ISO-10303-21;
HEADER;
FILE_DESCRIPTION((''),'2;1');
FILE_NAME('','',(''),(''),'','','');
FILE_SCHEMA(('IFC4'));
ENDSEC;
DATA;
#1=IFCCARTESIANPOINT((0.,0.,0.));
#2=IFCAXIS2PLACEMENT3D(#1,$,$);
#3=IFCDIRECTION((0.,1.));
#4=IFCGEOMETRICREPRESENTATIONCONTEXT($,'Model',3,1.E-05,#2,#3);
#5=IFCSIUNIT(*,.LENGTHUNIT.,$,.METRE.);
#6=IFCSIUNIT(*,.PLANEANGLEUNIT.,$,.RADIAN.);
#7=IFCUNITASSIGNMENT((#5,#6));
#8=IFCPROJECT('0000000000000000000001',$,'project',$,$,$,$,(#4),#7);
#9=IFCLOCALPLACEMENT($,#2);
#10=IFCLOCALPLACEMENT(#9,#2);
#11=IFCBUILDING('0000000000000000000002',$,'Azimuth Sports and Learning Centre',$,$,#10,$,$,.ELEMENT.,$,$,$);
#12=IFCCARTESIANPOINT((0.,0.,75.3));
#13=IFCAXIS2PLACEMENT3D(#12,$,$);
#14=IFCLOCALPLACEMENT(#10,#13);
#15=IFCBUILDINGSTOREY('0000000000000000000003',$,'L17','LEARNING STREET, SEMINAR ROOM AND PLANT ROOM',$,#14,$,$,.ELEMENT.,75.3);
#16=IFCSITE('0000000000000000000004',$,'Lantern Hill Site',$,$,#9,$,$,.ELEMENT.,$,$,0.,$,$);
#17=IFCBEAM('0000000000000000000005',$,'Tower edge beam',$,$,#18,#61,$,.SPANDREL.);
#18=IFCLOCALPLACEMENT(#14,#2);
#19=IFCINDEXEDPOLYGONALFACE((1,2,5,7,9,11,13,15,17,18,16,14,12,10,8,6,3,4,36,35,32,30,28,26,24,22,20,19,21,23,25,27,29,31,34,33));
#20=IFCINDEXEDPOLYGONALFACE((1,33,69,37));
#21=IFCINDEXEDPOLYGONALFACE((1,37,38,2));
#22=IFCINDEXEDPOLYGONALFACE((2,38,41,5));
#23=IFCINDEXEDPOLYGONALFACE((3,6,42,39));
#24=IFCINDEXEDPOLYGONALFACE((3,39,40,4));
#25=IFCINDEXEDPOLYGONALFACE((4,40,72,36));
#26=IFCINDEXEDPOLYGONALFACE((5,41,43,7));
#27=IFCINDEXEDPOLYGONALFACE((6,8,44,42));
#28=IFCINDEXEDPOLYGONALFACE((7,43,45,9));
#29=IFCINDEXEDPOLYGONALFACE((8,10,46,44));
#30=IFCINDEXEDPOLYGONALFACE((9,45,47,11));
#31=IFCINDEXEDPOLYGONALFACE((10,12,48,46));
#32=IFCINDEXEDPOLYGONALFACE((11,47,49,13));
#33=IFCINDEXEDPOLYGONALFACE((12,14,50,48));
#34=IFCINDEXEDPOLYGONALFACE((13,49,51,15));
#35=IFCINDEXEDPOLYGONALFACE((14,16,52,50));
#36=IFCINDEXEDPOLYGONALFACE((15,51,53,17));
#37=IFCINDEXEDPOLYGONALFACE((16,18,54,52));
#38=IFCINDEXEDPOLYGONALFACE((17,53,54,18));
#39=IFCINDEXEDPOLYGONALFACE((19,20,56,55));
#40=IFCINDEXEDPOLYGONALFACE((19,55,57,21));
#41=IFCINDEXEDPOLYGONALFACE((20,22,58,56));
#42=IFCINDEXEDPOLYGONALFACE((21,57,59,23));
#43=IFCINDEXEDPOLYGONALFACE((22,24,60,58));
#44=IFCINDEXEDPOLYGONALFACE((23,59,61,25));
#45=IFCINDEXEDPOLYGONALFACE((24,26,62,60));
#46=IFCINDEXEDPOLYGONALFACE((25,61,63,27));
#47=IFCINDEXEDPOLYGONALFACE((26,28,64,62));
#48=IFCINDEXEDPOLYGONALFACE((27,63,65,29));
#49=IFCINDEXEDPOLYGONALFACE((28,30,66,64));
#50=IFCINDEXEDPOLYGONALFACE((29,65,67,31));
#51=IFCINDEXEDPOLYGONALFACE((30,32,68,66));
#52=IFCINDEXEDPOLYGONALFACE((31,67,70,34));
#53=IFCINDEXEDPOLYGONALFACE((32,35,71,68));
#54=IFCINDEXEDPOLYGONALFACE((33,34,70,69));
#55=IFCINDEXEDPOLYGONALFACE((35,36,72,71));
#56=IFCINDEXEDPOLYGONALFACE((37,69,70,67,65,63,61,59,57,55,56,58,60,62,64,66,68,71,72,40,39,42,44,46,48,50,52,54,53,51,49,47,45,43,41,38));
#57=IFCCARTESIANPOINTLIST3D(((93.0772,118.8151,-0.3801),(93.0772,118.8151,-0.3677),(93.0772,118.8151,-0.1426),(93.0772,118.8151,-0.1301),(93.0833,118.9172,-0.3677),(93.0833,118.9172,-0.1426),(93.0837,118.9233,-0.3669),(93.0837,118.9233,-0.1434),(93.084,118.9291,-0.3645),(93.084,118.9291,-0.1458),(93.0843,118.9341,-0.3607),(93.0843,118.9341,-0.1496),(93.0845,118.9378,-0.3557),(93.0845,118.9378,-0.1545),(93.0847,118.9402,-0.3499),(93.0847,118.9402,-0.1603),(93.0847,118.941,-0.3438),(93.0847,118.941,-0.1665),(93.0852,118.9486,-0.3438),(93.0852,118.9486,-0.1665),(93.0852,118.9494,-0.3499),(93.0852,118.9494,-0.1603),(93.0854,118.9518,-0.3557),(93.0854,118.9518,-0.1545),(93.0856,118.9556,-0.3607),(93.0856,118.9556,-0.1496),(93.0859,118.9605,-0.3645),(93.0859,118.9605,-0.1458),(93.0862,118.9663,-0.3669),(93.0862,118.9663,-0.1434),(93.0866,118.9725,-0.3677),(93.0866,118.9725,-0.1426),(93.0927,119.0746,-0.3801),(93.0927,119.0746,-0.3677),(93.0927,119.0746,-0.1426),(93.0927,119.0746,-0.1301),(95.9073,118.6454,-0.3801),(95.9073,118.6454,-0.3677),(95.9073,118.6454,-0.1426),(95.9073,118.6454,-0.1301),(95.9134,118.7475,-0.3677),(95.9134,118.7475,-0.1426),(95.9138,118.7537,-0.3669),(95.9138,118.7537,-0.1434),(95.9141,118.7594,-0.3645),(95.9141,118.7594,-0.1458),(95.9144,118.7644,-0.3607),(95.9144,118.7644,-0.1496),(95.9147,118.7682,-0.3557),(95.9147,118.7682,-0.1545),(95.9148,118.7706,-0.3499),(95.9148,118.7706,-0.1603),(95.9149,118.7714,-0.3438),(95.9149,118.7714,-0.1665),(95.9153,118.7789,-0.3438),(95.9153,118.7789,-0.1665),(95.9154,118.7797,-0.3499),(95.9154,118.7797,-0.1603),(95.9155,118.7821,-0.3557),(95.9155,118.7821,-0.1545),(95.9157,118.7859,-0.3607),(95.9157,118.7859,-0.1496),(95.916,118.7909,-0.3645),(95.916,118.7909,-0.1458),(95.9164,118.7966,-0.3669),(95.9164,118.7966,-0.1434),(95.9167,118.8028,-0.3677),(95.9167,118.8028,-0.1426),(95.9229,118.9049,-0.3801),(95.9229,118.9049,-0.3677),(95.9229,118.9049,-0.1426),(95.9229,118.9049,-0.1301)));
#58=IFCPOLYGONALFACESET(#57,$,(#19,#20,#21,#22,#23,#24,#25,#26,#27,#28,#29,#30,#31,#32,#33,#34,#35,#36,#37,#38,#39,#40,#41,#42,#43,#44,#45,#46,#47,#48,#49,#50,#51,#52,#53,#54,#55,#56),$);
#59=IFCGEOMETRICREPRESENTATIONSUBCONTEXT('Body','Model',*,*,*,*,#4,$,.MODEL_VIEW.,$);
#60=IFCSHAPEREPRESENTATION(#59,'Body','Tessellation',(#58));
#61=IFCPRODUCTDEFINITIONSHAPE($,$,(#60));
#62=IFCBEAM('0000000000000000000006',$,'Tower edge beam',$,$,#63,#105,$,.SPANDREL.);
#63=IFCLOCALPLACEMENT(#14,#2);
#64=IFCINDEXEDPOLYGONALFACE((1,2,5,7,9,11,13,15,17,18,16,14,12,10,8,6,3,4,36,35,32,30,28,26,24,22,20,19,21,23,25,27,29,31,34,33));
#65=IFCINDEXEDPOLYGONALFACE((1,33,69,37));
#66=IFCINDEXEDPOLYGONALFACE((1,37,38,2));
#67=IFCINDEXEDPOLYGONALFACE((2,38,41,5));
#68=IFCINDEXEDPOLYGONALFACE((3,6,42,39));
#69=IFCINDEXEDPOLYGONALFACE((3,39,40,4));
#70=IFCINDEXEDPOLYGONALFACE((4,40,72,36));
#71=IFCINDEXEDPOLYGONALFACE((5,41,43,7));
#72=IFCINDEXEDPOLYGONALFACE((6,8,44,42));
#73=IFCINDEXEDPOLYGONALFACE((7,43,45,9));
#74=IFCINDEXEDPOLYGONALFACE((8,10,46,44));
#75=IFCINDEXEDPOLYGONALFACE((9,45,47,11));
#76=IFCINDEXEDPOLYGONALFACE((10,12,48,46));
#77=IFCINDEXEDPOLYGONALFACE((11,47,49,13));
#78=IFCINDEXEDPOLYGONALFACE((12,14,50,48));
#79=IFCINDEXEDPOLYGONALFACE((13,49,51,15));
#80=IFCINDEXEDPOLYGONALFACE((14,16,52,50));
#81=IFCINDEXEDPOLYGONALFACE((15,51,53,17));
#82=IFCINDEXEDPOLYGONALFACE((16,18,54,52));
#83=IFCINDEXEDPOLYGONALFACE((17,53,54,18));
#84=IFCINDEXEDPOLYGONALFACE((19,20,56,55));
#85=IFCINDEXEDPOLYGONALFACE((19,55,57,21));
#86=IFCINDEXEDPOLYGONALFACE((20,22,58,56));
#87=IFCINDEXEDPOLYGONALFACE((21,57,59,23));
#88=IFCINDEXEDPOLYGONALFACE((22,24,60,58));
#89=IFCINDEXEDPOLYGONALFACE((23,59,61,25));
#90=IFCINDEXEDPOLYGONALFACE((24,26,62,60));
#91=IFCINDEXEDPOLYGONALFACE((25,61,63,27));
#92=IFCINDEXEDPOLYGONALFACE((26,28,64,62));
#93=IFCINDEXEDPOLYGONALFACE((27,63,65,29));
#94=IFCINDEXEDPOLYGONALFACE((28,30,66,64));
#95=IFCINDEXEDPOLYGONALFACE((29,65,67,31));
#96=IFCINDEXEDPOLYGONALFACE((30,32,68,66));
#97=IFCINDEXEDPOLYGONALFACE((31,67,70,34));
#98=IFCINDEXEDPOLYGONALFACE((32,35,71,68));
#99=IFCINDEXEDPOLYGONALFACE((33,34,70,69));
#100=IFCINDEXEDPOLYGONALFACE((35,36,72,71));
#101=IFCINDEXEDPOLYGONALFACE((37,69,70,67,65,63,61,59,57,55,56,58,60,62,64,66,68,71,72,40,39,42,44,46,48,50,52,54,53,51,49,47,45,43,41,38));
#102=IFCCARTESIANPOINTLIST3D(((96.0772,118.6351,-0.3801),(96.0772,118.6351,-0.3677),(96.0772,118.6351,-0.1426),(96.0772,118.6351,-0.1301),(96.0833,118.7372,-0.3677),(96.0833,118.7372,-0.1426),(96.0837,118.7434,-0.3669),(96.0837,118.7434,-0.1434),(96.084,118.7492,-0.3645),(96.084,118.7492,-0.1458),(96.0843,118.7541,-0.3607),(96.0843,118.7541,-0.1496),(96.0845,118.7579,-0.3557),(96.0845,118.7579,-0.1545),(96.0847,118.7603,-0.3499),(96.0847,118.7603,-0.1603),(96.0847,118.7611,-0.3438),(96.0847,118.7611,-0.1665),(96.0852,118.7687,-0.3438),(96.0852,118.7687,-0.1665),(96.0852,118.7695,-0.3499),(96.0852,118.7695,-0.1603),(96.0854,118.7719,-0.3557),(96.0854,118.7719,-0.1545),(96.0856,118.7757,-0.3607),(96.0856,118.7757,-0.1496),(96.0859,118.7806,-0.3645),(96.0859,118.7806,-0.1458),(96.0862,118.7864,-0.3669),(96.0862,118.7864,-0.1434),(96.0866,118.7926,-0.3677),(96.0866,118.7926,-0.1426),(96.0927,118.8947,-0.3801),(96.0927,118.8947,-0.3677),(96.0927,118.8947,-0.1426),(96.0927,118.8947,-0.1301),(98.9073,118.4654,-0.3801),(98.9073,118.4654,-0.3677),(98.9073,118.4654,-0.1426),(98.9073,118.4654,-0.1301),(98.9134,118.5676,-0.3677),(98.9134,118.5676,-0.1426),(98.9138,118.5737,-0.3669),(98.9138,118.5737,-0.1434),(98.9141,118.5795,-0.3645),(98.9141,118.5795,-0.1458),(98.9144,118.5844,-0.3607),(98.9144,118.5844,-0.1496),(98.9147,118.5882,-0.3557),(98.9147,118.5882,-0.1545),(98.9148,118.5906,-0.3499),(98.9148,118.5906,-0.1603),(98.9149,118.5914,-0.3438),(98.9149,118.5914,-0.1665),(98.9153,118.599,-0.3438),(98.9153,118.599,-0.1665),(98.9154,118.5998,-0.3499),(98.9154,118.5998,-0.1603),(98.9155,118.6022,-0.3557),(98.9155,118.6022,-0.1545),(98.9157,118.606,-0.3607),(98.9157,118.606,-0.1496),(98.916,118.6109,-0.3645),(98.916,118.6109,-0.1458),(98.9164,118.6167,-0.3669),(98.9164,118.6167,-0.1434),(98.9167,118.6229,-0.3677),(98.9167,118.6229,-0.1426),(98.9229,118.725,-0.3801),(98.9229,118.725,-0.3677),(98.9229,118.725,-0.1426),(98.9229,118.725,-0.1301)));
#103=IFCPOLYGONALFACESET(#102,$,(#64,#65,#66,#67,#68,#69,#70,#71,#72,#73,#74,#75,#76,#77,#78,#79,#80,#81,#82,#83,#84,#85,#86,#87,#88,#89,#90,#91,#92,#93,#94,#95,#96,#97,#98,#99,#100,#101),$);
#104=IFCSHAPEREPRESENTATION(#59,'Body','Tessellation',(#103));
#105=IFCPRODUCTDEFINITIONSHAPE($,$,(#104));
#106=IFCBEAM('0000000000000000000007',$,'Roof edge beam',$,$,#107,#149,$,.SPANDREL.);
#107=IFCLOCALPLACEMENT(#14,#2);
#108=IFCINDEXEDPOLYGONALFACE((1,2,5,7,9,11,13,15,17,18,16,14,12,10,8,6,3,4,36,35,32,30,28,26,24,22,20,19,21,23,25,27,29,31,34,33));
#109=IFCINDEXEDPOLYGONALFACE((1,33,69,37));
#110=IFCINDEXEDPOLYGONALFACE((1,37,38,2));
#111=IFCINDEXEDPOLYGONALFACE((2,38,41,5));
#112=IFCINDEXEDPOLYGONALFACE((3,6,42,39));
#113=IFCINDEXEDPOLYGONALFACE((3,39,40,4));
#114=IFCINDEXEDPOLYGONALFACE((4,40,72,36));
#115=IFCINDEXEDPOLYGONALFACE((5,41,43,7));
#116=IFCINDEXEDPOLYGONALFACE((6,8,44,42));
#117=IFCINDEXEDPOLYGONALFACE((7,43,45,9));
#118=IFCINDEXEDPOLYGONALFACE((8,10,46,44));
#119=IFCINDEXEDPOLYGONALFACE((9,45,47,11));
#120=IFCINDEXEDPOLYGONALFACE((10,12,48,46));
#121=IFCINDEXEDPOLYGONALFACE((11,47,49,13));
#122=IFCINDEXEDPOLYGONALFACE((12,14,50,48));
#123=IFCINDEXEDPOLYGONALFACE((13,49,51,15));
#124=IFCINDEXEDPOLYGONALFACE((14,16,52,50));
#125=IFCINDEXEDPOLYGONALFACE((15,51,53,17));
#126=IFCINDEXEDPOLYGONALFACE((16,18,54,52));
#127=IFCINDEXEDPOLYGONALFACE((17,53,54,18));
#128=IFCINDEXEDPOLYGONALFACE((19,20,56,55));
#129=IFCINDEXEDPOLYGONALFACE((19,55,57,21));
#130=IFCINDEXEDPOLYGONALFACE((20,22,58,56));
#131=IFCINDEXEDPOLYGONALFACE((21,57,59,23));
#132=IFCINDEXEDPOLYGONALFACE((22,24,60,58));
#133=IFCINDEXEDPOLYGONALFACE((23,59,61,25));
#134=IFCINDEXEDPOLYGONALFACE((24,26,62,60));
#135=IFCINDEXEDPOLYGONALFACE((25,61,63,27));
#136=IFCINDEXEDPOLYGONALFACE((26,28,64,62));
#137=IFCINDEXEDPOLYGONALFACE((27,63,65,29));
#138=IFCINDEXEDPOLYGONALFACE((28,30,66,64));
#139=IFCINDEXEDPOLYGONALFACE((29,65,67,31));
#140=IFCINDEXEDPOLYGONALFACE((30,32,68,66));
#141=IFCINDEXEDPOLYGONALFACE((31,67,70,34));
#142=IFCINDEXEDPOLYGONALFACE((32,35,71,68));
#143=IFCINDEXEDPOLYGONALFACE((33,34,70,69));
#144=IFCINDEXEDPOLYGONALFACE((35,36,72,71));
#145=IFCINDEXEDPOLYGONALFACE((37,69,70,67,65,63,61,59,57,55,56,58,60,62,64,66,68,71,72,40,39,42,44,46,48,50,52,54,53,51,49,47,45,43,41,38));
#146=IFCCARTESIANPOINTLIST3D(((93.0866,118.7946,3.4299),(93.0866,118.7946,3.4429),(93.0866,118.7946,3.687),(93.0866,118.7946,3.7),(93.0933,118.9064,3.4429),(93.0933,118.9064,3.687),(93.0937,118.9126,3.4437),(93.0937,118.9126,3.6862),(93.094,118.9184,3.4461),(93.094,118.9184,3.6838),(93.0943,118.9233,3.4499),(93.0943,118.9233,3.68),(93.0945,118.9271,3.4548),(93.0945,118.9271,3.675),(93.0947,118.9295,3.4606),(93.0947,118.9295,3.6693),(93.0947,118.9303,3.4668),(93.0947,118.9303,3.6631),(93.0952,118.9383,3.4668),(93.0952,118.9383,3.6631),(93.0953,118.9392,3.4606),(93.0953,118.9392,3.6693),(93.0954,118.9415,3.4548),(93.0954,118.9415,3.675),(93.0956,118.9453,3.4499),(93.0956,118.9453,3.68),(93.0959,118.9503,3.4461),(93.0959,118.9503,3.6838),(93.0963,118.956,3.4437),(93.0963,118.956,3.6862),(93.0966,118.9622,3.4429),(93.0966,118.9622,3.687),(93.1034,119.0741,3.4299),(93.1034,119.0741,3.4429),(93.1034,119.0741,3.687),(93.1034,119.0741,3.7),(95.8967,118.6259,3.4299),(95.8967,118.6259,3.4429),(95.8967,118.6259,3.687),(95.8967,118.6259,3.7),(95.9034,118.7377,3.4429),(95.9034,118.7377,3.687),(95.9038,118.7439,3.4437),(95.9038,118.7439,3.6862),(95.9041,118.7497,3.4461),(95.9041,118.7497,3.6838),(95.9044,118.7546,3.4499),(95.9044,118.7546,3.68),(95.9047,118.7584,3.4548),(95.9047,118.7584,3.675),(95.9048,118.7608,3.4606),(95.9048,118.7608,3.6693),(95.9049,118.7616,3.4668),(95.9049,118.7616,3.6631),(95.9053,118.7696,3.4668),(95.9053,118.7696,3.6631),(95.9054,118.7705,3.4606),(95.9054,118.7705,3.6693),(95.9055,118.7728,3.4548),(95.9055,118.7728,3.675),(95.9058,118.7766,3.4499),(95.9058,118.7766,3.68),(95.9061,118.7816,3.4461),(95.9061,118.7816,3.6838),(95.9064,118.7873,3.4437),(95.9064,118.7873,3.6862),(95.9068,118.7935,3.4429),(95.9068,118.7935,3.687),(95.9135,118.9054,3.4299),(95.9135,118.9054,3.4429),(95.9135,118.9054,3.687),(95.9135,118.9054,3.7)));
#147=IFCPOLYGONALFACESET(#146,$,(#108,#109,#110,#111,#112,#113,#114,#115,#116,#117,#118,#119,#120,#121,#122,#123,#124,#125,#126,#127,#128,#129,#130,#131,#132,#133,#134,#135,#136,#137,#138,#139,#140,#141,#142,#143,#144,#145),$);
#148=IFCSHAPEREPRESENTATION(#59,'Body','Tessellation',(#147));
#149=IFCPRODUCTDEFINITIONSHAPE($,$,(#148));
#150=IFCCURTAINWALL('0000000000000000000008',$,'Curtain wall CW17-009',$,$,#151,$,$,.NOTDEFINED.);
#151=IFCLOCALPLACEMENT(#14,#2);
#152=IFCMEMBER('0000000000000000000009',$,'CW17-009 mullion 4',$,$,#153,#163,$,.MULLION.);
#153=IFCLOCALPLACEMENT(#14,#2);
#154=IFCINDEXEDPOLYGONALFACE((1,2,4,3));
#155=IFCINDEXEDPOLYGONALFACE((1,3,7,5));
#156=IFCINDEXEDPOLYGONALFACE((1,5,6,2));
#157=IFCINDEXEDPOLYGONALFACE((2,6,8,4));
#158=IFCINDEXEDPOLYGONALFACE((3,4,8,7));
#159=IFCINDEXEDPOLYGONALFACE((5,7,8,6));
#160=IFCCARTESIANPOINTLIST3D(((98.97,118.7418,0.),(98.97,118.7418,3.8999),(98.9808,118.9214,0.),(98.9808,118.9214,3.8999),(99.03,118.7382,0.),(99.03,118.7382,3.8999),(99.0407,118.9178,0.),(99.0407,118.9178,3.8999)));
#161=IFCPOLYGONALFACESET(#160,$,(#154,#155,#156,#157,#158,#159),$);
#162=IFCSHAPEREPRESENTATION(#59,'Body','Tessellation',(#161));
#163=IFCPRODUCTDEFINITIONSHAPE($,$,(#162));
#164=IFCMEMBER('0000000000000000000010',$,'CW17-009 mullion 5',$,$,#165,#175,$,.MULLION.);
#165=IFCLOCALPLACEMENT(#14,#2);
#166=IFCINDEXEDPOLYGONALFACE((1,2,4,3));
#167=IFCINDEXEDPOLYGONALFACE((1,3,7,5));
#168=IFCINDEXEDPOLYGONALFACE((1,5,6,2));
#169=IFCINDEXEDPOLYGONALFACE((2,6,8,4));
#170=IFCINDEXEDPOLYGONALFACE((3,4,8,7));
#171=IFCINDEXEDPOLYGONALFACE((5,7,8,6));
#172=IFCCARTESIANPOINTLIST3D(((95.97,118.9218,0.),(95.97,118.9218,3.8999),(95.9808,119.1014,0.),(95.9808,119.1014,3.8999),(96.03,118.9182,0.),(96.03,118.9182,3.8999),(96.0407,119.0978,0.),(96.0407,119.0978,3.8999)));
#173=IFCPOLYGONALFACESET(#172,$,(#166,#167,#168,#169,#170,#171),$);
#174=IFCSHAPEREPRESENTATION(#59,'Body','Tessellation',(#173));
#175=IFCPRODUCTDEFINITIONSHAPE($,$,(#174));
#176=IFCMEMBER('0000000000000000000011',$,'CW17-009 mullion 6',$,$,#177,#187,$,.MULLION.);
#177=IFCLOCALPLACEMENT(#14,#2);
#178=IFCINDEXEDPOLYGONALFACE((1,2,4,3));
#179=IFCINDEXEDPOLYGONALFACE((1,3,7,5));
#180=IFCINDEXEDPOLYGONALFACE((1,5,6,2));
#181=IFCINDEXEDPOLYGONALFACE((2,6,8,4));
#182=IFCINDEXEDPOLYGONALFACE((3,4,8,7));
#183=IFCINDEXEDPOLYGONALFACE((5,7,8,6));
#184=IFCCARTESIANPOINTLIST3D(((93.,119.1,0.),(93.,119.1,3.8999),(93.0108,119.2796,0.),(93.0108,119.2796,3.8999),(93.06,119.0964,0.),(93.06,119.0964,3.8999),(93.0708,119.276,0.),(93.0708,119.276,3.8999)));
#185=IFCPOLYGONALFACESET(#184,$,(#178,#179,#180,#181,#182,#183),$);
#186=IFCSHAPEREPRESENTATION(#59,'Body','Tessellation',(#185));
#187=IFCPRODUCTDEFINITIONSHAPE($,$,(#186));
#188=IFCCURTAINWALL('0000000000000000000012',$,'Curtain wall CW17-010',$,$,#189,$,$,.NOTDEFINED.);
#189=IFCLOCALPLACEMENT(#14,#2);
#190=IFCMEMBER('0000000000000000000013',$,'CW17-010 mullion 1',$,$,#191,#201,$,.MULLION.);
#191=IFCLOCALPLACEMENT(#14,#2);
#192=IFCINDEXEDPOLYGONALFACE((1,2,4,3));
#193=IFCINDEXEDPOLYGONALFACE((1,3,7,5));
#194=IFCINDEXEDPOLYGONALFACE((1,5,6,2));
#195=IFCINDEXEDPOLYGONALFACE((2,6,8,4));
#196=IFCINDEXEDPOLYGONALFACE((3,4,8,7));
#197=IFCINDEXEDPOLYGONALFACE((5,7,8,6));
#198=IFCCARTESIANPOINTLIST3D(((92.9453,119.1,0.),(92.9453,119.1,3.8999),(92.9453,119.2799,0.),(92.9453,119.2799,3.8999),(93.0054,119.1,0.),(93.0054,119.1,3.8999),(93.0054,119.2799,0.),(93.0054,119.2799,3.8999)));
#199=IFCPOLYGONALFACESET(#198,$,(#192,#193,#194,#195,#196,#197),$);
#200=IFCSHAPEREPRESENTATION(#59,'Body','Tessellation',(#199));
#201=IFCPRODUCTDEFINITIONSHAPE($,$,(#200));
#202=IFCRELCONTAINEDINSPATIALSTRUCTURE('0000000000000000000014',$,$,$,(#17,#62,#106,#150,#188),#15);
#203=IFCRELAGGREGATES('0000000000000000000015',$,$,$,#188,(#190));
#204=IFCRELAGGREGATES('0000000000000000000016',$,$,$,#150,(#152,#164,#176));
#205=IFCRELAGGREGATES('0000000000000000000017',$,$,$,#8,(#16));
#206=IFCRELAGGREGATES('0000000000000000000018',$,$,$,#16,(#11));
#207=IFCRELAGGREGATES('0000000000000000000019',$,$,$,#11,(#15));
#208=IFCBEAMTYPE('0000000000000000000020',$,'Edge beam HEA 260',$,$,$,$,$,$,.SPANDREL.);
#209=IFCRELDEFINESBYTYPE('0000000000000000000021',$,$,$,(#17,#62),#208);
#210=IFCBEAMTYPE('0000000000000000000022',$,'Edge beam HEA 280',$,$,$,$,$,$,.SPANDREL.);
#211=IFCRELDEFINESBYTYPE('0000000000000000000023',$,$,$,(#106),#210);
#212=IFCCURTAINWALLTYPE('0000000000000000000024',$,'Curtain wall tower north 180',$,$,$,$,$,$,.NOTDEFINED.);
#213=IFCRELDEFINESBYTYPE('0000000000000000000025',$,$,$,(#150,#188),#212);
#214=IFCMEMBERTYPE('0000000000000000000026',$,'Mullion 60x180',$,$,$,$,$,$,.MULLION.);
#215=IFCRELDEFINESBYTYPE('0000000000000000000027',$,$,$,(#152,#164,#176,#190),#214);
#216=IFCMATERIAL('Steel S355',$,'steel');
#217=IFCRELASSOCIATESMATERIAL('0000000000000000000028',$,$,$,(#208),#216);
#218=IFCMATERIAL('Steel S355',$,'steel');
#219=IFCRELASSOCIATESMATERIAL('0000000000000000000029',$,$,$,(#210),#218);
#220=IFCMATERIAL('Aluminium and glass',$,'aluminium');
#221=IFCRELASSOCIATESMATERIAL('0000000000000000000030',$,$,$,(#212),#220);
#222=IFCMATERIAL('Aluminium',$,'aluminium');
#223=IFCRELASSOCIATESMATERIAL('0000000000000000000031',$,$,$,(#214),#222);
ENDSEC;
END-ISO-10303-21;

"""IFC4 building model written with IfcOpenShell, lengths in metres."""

from ifc_helpers import new_model, si_unit, direction, frame, origin, origin_2d, place, context, subcontext, project, spatial, rectangle, i_section, extrude, material, material_profile, profile_set, type_object, element, aggregate, save


model = new_model("IFC4")

# Units and contexts
model_context = context("Model", 3, precision=1e-05, world=origin(), true_north=direction((0.0, 1.0)))
body_context = subcontext(model_context, "Body", "Model", "MODEL_VIEW")
ifc_project = project(units=[si_unit("LENGTHUNIT", "METRE"), si_unit("PLANEANGLEUNIT", "RADIAN")], contexts=[model_context])

# Site, building, storey
site_placement = place(None, origin())
site = spatial("IfcSite", under=ifc_project, at=site_placement, Name="Lantern Hill Site", CompositionType="ELEMENT", RefElevation=0.0)
building_placement = place(site_placement, origin())
building = spatial("IfcBuilding", under=site, at=building_placement, Name="Azimuth Sports and Learning Centre", CompositionType="ELEMENT")
storey_placement = place(building_placement, frame((0.0, 0.0, 75.3)))
storey = spatial("IfcBuildingStorey", under=building, at=storey_placement, Name="L17", Description="LEARNING STREET, SEMINAR ROOM AND PLANT ROOM", CompositionType="ELEMENT", Elevation=75.3)

# Beams
ifc_material_1 = material(Name="Steel S355", Category="steel")
ifc_material_profile_1 = material_profile(ifc_material_1, i_section(OverallWidth=0.26, OverallDepth=0.25, WebThickness=0.0076, FlangeThickness=0.0125, FilletRadius=0.0239, at=origin_2d()), Name="HEA 260")
ifc_profile_set_1 = profile_set([ifc_material_profile_1], Name="Steel S355")
beam_type_1 = type_object("IfcBeamType", Name="Edge beam HEA 260", PredefinedType="SPANDREL", material=ifc_profile_set_1)
for number, where, z_axis, x_axis, name in (
    (1, (93.085, 118.9448, -0.2551), (0.998208, -0.059848, 0.0), (0.059848, 0.998208, 0.0), "Tower edge beam"),
    (2, (96.085, 118.7649, -0.2551), (0.998208, -0.059848, 0.0), (0.059848, 0.998208, 0.0), "Tower edge beam"),
):
    element("IfcBeam", number, at=place(storey_placement, frame(where, z_axis=z_axis, x_axis=x_axis)), inside=storey, type_object=beam_type_1, Name=name, PredefinedType="SPANDREL", context=body_context, shape_type="SweptSolid", body=[
        extrude(i_section(OverallWidth=0.26, OverallDepth=0.25, WebThickness=0.0076, FlangeThickness=0.0125, FilletRadius=0.0239, at=origin_2d()), origin(), (0.0, 0.0, 1.0), 2.8352),
    ])
ifc_material_2 = material(Name="Steel S355", Category="steel")
ifc_material_profile_2 = material_profile(ifc_material_2, i_section(OverallWidth=0.28, OverallDepth=0.27, WebThickness=0.0081, FlangeThickness=0.0129, FilletRadius=0.0239, at=origin_2d()), Name="HEA 280")
ifc_profile_set_2 = profile_set([ifc_material_profile_2], Name="Steel S355")
beam_type_2 = type_object("IfcBeamType", Name="Edge beam HEA 280", PredefinedType="SPANDREL", material=ifc_profile_set_2)
beam_placement = place(storey_placement, frame((93.095, 118.9343, 3.5649), z_axis=(0.998203, -0.059927, 0.0), x_axis=(0.059927, 0.998203, 0.0)))
element("IfcBeam", 3, at=beam_placement, inside=storey, type_object=beam_type_2, Name="Roof edge beam", PredefinedType="SPANDREL", context=body_context, shape_type="SweptSolid", body=[
    extrude(i_section(OverallWidth=0.28, OverallDepth=0.27, WebThickness=0.0081, FlangeThickness=0.0129, FilletRadius=0.0239, at=origin_2d()), origin(), (0.0, 0.0, 1.0), 2.8152),
])

# Curtain wall, members
ifc_material_3 = material(Name="Aluminium and glass", Category="aluminium")
curtain_wall_type = type_object("IfcCurtainWallType", Name="Curtain wall tower north 180", PredefinedType="NOTDEFINED", material=ifc_material_3)
curtain_wall_1_placement = place(storey_placement, origin())
curtain_wall_1 = element("IfcCurtainWall", 4, at=curtain_wall_1_placement, inside=storey, type_object=curtain_wall_type, Name="Curtain wall CW17-009", PredefinedType="NOTDEFINED")
ifc_material_4 = material(Name="Aluminium", Category="aluminium")
ifc_material_profile_3 = material_profile(ifc_material_4, rectangle(XDim=0.1799, YDim=0.0601, at=origin_2d()), Name="Mullion 60x180")
ifc_profile_set_3 = profile_set([ifc_material_profile_3], Name="Aluminium")
member_type_1 = type_object("IfcMemberType", Name="Mullion 60x180", PredefinedType="MULLION", material=ifc_profile_set_3)
member_1_placement = place(storey_placement, frame((99.0054, 118.8298, 0.0), z_axis=(0.0, 0.0, 1.0), x_axis=(-0.059892, -0.998205, 0.0)))
member_1 = element("IfcMember", 5, at=member_1_placement, type_object=member_type_1, Name="CW17-009 mullion 4", PredefinedType="MULLION", context=body_context, shape_type="SweptSolid", body=[
    extrude(rectangle(XDim=0.1799, YDim=0.0601, at=origin_2d()), origin(), (0.0, 0.0, 1.0), 3.8999),
])
member_2_placement = place(storey_placement, frame((96.0054, 119.0098, 0.0), z_axis=(0.0, 0.0, 1.0), x_axis=(-0.059892, -0.998205, 0.0)))
member_2 = element("IfcMember", 6, at=member_2_placement, type_object=member_type_1, Name="CW17-009 mullion 5", PredefinedType="MULLION", context=body_context, shape_type="SweptSolid", body=[
    extrude(rectangle(XDim=0.1799, YDim=0.0601, at=origin_2d()), origin(), (0.0, 0.0, 1.0), 3.8999),
])
member_3_placement = place(storey_placement, frame((93.0354, 119.188, 0.0), z_axis=(0.0, 0.0, 1.0), x_axis=(-0.059892, -0.998205, 0.0)))
member_3 = element("IfcMember", 7, at=member_3_placement, type_object=member_type_1, Name="CW17-009 mullion 6", PredefinedType="MULLION", context=body_context, shape_type="SweptSolid", body=[
    extrude(rectangle(XDim=0.1799, YDim=0.0601, at=origin_2d()), origin(), (0.0, 0.0, 1.0), 3.8999),
])

# Curtain wall, member
curtain_wall_2_placement = place(storey_placement, origin())
curtain_wall_2 = element("IfcCurtainWall", 8, at=curtain_wall_2_placement, inside=storey, type_object=curtain_wall_type, Name="Curtain wall CW17-010", PredefinedType="NOTDEFINED")
member_4_placement = place(storey_placement, frame((92.9753, 119.1899, 0.0), z_axis=(0.0, 0.0, 1.0), x_axis=(0.0, -1.0, 0.0)))
member_4 = element("IfcMember", 9, at=member_4_placement, type_object=member_type_1, Name="CW17-010 mullion 1", PredefinedType="MULLION", context=body_context, shape_type="SweptSolid", body=[
    extrude(rectangle(XDim=0.1799, YDim=0.0601, at=origin_2d()), origin(), (0.0, 0.0, 1.0), 3.8999),
])

aggregate(curtain_wall_2, [member_4])

aggregate(curtain_wall_1, [member_1, member_2, member_3])

save(model, "model.ifc")
